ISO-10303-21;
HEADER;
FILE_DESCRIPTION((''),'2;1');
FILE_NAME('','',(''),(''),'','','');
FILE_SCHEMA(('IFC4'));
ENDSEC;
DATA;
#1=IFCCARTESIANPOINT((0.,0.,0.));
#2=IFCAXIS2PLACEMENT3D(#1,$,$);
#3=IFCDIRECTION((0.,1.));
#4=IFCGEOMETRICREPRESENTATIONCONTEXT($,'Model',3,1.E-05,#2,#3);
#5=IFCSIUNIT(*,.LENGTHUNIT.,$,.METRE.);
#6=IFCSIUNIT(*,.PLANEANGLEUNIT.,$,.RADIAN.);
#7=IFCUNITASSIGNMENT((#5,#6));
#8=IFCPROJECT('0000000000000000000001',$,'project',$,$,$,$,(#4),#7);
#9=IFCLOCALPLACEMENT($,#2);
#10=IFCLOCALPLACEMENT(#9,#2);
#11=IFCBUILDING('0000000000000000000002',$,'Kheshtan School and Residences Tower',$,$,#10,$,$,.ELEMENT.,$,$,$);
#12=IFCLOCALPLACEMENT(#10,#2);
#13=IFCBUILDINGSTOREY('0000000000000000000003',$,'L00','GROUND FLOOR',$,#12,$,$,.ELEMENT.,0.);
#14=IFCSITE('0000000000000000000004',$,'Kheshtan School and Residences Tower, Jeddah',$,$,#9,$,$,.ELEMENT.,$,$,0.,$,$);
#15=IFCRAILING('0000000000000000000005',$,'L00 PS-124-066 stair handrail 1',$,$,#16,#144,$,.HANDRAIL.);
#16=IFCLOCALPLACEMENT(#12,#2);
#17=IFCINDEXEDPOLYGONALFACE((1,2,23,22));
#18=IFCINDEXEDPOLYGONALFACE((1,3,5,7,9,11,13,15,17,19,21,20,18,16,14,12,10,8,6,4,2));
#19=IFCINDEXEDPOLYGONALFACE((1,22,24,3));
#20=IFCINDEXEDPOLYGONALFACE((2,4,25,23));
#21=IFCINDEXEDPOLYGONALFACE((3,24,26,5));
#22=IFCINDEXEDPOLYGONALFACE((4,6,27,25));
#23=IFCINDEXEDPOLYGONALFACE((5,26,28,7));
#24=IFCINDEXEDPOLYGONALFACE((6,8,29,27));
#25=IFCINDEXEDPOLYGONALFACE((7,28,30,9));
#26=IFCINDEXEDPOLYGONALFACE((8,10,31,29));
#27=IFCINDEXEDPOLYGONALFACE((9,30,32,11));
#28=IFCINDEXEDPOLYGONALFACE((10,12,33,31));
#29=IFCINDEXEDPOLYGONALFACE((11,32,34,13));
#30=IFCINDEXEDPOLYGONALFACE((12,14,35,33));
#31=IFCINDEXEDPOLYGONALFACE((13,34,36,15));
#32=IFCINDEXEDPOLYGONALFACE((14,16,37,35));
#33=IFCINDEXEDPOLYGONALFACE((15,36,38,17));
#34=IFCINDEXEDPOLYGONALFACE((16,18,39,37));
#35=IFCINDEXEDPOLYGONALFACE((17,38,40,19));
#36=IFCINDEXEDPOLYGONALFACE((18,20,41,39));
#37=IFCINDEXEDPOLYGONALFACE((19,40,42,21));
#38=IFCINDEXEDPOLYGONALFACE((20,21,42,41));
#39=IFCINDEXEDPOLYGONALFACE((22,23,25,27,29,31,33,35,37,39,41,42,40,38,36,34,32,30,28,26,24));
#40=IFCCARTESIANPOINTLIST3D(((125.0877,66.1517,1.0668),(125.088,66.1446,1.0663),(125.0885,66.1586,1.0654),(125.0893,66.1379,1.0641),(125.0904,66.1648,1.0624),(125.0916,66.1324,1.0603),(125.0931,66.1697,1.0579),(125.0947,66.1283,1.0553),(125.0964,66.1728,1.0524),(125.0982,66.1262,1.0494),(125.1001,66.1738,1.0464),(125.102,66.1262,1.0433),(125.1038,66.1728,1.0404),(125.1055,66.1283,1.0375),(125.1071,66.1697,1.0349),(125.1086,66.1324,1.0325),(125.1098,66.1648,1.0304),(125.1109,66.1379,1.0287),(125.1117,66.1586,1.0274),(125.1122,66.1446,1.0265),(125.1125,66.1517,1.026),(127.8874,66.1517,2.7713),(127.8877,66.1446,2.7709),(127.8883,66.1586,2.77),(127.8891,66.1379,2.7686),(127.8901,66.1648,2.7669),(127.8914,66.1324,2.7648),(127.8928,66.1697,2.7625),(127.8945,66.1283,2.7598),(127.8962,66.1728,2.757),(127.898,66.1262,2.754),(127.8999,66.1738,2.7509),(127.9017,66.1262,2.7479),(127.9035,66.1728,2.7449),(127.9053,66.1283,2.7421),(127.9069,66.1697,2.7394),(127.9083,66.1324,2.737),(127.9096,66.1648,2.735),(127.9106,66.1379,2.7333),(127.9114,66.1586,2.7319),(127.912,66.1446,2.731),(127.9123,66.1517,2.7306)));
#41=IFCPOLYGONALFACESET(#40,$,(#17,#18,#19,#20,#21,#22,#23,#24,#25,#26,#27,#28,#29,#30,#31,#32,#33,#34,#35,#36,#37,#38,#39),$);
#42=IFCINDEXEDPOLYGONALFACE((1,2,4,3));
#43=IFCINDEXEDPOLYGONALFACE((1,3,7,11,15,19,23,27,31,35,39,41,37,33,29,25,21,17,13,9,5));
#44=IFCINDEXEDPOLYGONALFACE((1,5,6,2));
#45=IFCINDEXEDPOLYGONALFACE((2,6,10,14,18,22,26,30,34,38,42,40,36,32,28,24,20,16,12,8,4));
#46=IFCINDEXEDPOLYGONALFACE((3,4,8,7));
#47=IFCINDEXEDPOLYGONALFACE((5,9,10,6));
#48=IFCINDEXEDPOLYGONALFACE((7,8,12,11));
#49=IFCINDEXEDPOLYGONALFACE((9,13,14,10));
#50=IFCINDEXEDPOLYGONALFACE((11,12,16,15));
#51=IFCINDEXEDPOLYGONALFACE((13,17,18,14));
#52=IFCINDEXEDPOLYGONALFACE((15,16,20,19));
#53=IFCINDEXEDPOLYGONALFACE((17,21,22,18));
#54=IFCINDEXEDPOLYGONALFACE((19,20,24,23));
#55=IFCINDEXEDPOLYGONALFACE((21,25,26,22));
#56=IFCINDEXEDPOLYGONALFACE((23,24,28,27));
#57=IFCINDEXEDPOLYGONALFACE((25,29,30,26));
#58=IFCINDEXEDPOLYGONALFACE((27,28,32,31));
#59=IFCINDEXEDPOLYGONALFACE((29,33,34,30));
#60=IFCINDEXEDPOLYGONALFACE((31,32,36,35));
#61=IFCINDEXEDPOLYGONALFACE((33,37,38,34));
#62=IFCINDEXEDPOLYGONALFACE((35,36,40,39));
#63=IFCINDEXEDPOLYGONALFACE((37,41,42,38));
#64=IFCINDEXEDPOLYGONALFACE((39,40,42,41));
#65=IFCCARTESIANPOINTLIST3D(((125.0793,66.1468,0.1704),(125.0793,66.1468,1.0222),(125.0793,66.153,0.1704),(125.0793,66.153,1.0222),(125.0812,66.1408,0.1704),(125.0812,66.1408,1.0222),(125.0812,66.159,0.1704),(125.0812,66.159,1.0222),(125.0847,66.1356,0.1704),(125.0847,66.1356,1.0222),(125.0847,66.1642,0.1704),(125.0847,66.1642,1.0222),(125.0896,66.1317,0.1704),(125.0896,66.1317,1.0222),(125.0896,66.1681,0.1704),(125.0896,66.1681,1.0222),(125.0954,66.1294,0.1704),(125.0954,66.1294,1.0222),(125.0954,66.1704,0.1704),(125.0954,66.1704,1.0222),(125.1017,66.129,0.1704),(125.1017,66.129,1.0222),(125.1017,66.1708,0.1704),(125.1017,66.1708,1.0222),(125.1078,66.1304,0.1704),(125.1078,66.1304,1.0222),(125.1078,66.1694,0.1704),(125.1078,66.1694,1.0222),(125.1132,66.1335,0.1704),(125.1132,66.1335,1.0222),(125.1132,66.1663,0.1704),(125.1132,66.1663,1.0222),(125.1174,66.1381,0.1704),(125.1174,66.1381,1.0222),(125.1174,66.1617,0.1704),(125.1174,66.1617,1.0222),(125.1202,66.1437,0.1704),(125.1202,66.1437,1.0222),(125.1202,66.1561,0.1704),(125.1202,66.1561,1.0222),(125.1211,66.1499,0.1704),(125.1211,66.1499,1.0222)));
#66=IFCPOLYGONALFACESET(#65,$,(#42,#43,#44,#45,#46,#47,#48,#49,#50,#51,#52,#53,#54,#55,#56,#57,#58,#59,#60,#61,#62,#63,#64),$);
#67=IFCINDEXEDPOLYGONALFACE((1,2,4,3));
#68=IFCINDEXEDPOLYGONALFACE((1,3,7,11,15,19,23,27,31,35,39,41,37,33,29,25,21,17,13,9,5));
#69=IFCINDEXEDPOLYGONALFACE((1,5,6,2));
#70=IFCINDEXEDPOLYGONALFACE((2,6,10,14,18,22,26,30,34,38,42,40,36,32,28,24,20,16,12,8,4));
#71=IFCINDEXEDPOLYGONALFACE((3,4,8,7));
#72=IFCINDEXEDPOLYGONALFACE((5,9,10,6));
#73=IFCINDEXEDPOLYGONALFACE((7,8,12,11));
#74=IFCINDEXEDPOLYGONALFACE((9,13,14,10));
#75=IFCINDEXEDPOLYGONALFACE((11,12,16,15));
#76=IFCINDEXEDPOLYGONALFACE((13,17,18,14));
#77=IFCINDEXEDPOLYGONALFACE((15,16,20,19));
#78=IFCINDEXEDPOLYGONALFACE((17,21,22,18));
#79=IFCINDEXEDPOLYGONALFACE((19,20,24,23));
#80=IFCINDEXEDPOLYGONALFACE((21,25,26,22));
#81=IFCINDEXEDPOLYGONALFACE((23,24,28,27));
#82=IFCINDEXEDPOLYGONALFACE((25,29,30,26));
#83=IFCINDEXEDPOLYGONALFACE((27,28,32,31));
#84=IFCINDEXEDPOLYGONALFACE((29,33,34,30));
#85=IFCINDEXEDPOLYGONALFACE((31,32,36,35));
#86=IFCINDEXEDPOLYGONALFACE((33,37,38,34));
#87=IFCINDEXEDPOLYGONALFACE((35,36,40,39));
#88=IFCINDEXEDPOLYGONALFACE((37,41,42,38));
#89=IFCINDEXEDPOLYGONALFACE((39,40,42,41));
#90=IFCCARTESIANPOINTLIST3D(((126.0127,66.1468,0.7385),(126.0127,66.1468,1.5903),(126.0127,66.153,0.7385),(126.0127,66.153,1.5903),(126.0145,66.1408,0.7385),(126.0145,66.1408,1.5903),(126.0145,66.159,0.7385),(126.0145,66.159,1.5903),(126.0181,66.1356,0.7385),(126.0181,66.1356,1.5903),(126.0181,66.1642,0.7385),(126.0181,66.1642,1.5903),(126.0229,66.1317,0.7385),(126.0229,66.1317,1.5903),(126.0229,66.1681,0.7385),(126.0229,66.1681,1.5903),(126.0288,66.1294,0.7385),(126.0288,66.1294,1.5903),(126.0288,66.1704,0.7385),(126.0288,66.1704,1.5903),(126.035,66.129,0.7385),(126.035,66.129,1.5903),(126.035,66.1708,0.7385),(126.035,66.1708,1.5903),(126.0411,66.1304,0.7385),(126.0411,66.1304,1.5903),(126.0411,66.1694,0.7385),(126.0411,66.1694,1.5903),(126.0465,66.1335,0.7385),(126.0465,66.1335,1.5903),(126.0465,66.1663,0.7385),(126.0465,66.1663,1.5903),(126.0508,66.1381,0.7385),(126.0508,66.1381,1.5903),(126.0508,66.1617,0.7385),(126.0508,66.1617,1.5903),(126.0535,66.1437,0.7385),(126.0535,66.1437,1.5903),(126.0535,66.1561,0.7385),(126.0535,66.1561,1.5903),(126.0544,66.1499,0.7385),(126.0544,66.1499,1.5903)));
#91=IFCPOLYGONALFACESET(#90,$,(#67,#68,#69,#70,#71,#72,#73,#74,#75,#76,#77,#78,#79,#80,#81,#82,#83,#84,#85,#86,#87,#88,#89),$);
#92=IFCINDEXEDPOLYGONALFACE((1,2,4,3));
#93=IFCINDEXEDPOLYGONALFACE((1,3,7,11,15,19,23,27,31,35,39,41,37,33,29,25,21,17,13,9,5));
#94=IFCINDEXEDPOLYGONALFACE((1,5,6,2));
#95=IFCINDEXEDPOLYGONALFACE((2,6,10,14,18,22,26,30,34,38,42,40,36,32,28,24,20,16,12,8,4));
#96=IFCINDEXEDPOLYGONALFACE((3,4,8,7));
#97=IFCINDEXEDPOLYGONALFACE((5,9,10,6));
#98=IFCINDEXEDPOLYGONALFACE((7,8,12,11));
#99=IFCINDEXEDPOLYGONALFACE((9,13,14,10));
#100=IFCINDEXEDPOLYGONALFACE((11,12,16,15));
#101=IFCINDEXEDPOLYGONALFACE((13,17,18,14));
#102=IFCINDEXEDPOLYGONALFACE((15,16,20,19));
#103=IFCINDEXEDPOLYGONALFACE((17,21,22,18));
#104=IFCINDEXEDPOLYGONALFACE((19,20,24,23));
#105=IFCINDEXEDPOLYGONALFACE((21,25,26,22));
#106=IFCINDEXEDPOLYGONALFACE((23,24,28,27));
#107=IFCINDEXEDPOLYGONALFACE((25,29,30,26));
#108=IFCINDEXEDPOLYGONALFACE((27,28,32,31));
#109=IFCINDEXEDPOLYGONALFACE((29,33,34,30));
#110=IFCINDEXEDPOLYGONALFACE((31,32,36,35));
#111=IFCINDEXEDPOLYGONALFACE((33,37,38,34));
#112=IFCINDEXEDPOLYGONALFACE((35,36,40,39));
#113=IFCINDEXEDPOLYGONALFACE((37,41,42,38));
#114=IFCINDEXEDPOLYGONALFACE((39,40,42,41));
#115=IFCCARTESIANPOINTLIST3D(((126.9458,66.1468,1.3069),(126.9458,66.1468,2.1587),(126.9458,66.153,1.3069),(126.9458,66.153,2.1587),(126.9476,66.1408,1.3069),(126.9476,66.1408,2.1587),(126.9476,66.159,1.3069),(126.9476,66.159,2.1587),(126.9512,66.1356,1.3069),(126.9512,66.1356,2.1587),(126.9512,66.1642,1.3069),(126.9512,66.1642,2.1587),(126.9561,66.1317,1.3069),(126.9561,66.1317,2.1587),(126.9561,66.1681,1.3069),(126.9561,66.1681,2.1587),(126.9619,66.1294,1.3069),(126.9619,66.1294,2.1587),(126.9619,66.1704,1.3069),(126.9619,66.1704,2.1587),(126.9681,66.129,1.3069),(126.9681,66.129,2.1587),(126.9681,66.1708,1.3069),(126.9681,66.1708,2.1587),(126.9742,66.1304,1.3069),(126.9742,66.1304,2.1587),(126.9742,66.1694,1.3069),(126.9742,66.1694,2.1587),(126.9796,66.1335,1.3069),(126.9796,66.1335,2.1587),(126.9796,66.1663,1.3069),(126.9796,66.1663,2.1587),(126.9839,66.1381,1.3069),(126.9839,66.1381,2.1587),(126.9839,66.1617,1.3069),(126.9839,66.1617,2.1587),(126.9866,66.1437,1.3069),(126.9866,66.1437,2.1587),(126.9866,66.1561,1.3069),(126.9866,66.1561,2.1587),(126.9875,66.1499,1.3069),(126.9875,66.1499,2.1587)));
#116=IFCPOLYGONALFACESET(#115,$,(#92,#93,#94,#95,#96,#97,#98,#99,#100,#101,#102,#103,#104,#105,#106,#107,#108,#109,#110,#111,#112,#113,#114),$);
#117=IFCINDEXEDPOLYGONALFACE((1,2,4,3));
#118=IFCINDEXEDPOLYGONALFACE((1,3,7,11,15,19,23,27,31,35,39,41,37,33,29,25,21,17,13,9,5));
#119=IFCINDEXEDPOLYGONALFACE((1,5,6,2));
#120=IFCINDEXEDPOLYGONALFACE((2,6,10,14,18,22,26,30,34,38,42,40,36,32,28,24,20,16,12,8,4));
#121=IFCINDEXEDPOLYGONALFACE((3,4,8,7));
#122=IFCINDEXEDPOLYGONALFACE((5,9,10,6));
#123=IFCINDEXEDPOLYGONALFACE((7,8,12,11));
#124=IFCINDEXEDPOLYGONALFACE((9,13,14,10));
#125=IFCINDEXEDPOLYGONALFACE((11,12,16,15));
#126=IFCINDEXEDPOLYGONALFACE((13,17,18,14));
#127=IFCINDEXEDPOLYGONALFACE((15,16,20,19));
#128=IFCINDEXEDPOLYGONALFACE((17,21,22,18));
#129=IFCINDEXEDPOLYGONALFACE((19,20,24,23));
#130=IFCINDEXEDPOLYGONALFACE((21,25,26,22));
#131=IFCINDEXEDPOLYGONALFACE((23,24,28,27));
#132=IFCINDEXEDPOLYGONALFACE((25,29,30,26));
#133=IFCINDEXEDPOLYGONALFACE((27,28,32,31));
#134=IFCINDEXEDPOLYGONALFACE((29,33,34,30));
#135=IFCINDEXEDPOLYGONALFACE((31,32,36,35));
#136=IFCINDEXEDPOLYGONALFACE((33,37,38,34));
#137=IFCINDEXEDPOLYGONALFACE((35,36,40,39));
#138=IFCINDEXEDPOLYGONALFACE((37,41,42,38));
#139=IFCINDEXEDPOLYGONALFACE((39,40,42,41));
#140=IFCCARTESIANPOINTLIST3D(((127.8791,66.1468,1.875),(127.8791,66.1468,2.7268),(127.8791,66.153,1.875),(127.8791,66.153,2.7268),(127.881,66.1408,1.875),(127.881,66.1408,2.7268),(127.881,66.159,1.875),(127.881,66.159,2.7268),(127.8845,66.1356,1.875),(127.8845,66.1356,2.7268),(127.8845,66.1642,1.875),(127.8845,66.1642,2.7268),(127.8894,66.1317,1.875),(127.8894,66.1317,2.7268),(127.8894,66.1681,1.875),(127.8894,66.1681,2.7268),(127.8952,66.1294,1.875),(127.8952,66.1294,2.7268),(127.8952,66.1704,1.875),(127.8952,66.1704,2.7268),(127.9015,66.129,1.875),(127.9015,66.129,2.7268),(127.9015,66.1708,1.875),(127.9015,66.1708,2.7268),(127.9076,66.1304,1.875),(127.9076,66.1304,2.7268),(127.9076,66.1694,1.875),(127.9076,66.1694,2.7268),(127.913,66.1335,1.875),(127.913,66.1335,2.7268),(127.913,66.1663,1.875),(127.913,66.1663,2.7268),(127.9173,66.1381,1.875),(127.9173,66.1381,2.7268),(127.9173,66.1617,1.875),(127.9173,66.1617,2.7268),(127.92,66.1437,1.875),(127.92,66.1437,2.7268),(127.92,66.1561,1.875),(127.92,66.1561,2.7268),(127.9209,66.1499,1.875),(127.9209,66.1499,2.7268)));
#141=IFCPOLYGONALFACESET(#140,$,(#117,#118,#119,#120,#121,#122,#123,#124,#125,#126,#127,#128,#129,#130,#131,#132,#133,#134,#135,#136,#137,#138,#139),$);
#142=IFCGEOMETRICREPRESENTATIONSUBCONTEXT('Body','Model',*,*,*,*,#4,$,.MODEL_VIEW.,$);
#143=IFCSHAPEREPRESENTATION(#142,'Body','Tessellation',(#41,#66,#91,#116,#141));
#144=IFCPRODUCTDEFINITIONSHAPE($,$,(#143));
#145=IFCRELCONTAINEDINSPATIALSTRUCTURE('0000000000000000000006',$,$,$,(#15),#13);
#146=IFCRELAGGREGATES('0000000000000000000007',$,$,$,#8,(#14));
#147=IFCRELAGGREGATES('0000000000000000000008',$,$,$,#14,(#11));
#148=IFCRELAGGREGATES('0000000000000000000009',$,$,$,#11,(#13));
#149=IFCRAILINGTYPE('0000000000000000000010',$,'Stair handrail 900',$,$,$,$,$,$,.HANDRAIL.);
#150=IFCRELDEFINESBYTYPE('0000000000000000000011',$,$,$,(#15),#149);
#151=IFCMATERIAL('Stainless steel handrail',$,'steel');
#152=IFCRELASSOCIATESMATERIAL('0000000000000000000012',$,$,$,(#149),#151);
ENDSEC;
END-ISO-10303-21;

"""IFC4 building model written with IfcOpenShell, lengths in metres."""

from ifc_helpers import new_model, si_unit, direction, frame, origin, origin_2d, place, context, subcontext, project, spatial, circle, extrude, material, type_object, element, save


model = new_model("IFC4")

# Units and contexts
model_context = context("Model", 3, precision=1e-05, world=origin(), true_north=direction((0.0, 1.0)))
body_context = subcontext(model_context, "Body", "Model", "MODEL_VIEW")
ifc_project = project(units=[si_unit("LENGTHUNIT", "METRE"), si_unit("PLANEANGLEUNIT", "RADIAN")], contexts=[model_context])

# Site, building, storey
site_placement = place(None, origin())
site = spatial("IfcSite", under=ifc_project, at=site_placement, Name="Kheshtan School and Residences Tower, Jeddah", CompositionType="ELEMENT", RefElevation=0.0)
building_placement = place(site_placement, origin())
building = spatial("IfcBuilding", under=site, at=building_placement, Name="Kheshtan School and Residences Tower", CompositionType="ELEMENT")
storey_placement = place(building_placement, origin())
storey = spatial("IfcBuildingStorey", under=building, at=storey_placement, Name="L00", Description="GROUND FLOOR", CompositionType="ELEMENT", Elevation=0.0)

# Railing
ifc_material_1 = material(Name="Stainless steel handrail", Category="steel")
railing_type_1 = type_object("IfcRailingType", Name="Stair handrail 900", PredefinedType="HANDRAIL", material=ifc_material_1)
for number, where, name in (
    (1, (125.1001, 66.1499, 0.1704), "L00 PS-124-066 stair handrail 1"),
):
    element("IfcRailing", number, at=place(storey_placement, frame(where)), inside=storey, type_object=railing_type_1, Name=name, PredefinedType="HANDRAIL", context=body_context, shape_type="SweptSolid", body=[
        extrude(circle(Radius=0.0239, at=origin_2d()), frame((0.0, 0.0, 0.876), z_axis=(0.85415, 0.0, 0.520027), x_axis=(0.0, 1.0, 0.0)), (0.0, 0.0, 1.0), 3.2778),
        extrude(circle(Radius=0.021, at=origin_2d()), origin(), (0.0, 0.0, 1.0), 0.8518),
        extrude(circle(Radius=0.021, at=origin_2d()), frame((0.9333, 0.0, 0.5681)), (0.0, 0.0, 1.0), 0.8518),
        extrude(circle(Radius=0.021, at=origin_2d()), frame((1.8665, 0.0, 1.1365)), (0.0, 0.0, 1.0), 0.8518),
        extrude(circle(Radius=0.021, at=origin_2d()), frame((2.7998, 0.0, 1.7046)), (0.0, 0.0, 1.0), 0.8518),
    ])

save(model, "model.ifc")
